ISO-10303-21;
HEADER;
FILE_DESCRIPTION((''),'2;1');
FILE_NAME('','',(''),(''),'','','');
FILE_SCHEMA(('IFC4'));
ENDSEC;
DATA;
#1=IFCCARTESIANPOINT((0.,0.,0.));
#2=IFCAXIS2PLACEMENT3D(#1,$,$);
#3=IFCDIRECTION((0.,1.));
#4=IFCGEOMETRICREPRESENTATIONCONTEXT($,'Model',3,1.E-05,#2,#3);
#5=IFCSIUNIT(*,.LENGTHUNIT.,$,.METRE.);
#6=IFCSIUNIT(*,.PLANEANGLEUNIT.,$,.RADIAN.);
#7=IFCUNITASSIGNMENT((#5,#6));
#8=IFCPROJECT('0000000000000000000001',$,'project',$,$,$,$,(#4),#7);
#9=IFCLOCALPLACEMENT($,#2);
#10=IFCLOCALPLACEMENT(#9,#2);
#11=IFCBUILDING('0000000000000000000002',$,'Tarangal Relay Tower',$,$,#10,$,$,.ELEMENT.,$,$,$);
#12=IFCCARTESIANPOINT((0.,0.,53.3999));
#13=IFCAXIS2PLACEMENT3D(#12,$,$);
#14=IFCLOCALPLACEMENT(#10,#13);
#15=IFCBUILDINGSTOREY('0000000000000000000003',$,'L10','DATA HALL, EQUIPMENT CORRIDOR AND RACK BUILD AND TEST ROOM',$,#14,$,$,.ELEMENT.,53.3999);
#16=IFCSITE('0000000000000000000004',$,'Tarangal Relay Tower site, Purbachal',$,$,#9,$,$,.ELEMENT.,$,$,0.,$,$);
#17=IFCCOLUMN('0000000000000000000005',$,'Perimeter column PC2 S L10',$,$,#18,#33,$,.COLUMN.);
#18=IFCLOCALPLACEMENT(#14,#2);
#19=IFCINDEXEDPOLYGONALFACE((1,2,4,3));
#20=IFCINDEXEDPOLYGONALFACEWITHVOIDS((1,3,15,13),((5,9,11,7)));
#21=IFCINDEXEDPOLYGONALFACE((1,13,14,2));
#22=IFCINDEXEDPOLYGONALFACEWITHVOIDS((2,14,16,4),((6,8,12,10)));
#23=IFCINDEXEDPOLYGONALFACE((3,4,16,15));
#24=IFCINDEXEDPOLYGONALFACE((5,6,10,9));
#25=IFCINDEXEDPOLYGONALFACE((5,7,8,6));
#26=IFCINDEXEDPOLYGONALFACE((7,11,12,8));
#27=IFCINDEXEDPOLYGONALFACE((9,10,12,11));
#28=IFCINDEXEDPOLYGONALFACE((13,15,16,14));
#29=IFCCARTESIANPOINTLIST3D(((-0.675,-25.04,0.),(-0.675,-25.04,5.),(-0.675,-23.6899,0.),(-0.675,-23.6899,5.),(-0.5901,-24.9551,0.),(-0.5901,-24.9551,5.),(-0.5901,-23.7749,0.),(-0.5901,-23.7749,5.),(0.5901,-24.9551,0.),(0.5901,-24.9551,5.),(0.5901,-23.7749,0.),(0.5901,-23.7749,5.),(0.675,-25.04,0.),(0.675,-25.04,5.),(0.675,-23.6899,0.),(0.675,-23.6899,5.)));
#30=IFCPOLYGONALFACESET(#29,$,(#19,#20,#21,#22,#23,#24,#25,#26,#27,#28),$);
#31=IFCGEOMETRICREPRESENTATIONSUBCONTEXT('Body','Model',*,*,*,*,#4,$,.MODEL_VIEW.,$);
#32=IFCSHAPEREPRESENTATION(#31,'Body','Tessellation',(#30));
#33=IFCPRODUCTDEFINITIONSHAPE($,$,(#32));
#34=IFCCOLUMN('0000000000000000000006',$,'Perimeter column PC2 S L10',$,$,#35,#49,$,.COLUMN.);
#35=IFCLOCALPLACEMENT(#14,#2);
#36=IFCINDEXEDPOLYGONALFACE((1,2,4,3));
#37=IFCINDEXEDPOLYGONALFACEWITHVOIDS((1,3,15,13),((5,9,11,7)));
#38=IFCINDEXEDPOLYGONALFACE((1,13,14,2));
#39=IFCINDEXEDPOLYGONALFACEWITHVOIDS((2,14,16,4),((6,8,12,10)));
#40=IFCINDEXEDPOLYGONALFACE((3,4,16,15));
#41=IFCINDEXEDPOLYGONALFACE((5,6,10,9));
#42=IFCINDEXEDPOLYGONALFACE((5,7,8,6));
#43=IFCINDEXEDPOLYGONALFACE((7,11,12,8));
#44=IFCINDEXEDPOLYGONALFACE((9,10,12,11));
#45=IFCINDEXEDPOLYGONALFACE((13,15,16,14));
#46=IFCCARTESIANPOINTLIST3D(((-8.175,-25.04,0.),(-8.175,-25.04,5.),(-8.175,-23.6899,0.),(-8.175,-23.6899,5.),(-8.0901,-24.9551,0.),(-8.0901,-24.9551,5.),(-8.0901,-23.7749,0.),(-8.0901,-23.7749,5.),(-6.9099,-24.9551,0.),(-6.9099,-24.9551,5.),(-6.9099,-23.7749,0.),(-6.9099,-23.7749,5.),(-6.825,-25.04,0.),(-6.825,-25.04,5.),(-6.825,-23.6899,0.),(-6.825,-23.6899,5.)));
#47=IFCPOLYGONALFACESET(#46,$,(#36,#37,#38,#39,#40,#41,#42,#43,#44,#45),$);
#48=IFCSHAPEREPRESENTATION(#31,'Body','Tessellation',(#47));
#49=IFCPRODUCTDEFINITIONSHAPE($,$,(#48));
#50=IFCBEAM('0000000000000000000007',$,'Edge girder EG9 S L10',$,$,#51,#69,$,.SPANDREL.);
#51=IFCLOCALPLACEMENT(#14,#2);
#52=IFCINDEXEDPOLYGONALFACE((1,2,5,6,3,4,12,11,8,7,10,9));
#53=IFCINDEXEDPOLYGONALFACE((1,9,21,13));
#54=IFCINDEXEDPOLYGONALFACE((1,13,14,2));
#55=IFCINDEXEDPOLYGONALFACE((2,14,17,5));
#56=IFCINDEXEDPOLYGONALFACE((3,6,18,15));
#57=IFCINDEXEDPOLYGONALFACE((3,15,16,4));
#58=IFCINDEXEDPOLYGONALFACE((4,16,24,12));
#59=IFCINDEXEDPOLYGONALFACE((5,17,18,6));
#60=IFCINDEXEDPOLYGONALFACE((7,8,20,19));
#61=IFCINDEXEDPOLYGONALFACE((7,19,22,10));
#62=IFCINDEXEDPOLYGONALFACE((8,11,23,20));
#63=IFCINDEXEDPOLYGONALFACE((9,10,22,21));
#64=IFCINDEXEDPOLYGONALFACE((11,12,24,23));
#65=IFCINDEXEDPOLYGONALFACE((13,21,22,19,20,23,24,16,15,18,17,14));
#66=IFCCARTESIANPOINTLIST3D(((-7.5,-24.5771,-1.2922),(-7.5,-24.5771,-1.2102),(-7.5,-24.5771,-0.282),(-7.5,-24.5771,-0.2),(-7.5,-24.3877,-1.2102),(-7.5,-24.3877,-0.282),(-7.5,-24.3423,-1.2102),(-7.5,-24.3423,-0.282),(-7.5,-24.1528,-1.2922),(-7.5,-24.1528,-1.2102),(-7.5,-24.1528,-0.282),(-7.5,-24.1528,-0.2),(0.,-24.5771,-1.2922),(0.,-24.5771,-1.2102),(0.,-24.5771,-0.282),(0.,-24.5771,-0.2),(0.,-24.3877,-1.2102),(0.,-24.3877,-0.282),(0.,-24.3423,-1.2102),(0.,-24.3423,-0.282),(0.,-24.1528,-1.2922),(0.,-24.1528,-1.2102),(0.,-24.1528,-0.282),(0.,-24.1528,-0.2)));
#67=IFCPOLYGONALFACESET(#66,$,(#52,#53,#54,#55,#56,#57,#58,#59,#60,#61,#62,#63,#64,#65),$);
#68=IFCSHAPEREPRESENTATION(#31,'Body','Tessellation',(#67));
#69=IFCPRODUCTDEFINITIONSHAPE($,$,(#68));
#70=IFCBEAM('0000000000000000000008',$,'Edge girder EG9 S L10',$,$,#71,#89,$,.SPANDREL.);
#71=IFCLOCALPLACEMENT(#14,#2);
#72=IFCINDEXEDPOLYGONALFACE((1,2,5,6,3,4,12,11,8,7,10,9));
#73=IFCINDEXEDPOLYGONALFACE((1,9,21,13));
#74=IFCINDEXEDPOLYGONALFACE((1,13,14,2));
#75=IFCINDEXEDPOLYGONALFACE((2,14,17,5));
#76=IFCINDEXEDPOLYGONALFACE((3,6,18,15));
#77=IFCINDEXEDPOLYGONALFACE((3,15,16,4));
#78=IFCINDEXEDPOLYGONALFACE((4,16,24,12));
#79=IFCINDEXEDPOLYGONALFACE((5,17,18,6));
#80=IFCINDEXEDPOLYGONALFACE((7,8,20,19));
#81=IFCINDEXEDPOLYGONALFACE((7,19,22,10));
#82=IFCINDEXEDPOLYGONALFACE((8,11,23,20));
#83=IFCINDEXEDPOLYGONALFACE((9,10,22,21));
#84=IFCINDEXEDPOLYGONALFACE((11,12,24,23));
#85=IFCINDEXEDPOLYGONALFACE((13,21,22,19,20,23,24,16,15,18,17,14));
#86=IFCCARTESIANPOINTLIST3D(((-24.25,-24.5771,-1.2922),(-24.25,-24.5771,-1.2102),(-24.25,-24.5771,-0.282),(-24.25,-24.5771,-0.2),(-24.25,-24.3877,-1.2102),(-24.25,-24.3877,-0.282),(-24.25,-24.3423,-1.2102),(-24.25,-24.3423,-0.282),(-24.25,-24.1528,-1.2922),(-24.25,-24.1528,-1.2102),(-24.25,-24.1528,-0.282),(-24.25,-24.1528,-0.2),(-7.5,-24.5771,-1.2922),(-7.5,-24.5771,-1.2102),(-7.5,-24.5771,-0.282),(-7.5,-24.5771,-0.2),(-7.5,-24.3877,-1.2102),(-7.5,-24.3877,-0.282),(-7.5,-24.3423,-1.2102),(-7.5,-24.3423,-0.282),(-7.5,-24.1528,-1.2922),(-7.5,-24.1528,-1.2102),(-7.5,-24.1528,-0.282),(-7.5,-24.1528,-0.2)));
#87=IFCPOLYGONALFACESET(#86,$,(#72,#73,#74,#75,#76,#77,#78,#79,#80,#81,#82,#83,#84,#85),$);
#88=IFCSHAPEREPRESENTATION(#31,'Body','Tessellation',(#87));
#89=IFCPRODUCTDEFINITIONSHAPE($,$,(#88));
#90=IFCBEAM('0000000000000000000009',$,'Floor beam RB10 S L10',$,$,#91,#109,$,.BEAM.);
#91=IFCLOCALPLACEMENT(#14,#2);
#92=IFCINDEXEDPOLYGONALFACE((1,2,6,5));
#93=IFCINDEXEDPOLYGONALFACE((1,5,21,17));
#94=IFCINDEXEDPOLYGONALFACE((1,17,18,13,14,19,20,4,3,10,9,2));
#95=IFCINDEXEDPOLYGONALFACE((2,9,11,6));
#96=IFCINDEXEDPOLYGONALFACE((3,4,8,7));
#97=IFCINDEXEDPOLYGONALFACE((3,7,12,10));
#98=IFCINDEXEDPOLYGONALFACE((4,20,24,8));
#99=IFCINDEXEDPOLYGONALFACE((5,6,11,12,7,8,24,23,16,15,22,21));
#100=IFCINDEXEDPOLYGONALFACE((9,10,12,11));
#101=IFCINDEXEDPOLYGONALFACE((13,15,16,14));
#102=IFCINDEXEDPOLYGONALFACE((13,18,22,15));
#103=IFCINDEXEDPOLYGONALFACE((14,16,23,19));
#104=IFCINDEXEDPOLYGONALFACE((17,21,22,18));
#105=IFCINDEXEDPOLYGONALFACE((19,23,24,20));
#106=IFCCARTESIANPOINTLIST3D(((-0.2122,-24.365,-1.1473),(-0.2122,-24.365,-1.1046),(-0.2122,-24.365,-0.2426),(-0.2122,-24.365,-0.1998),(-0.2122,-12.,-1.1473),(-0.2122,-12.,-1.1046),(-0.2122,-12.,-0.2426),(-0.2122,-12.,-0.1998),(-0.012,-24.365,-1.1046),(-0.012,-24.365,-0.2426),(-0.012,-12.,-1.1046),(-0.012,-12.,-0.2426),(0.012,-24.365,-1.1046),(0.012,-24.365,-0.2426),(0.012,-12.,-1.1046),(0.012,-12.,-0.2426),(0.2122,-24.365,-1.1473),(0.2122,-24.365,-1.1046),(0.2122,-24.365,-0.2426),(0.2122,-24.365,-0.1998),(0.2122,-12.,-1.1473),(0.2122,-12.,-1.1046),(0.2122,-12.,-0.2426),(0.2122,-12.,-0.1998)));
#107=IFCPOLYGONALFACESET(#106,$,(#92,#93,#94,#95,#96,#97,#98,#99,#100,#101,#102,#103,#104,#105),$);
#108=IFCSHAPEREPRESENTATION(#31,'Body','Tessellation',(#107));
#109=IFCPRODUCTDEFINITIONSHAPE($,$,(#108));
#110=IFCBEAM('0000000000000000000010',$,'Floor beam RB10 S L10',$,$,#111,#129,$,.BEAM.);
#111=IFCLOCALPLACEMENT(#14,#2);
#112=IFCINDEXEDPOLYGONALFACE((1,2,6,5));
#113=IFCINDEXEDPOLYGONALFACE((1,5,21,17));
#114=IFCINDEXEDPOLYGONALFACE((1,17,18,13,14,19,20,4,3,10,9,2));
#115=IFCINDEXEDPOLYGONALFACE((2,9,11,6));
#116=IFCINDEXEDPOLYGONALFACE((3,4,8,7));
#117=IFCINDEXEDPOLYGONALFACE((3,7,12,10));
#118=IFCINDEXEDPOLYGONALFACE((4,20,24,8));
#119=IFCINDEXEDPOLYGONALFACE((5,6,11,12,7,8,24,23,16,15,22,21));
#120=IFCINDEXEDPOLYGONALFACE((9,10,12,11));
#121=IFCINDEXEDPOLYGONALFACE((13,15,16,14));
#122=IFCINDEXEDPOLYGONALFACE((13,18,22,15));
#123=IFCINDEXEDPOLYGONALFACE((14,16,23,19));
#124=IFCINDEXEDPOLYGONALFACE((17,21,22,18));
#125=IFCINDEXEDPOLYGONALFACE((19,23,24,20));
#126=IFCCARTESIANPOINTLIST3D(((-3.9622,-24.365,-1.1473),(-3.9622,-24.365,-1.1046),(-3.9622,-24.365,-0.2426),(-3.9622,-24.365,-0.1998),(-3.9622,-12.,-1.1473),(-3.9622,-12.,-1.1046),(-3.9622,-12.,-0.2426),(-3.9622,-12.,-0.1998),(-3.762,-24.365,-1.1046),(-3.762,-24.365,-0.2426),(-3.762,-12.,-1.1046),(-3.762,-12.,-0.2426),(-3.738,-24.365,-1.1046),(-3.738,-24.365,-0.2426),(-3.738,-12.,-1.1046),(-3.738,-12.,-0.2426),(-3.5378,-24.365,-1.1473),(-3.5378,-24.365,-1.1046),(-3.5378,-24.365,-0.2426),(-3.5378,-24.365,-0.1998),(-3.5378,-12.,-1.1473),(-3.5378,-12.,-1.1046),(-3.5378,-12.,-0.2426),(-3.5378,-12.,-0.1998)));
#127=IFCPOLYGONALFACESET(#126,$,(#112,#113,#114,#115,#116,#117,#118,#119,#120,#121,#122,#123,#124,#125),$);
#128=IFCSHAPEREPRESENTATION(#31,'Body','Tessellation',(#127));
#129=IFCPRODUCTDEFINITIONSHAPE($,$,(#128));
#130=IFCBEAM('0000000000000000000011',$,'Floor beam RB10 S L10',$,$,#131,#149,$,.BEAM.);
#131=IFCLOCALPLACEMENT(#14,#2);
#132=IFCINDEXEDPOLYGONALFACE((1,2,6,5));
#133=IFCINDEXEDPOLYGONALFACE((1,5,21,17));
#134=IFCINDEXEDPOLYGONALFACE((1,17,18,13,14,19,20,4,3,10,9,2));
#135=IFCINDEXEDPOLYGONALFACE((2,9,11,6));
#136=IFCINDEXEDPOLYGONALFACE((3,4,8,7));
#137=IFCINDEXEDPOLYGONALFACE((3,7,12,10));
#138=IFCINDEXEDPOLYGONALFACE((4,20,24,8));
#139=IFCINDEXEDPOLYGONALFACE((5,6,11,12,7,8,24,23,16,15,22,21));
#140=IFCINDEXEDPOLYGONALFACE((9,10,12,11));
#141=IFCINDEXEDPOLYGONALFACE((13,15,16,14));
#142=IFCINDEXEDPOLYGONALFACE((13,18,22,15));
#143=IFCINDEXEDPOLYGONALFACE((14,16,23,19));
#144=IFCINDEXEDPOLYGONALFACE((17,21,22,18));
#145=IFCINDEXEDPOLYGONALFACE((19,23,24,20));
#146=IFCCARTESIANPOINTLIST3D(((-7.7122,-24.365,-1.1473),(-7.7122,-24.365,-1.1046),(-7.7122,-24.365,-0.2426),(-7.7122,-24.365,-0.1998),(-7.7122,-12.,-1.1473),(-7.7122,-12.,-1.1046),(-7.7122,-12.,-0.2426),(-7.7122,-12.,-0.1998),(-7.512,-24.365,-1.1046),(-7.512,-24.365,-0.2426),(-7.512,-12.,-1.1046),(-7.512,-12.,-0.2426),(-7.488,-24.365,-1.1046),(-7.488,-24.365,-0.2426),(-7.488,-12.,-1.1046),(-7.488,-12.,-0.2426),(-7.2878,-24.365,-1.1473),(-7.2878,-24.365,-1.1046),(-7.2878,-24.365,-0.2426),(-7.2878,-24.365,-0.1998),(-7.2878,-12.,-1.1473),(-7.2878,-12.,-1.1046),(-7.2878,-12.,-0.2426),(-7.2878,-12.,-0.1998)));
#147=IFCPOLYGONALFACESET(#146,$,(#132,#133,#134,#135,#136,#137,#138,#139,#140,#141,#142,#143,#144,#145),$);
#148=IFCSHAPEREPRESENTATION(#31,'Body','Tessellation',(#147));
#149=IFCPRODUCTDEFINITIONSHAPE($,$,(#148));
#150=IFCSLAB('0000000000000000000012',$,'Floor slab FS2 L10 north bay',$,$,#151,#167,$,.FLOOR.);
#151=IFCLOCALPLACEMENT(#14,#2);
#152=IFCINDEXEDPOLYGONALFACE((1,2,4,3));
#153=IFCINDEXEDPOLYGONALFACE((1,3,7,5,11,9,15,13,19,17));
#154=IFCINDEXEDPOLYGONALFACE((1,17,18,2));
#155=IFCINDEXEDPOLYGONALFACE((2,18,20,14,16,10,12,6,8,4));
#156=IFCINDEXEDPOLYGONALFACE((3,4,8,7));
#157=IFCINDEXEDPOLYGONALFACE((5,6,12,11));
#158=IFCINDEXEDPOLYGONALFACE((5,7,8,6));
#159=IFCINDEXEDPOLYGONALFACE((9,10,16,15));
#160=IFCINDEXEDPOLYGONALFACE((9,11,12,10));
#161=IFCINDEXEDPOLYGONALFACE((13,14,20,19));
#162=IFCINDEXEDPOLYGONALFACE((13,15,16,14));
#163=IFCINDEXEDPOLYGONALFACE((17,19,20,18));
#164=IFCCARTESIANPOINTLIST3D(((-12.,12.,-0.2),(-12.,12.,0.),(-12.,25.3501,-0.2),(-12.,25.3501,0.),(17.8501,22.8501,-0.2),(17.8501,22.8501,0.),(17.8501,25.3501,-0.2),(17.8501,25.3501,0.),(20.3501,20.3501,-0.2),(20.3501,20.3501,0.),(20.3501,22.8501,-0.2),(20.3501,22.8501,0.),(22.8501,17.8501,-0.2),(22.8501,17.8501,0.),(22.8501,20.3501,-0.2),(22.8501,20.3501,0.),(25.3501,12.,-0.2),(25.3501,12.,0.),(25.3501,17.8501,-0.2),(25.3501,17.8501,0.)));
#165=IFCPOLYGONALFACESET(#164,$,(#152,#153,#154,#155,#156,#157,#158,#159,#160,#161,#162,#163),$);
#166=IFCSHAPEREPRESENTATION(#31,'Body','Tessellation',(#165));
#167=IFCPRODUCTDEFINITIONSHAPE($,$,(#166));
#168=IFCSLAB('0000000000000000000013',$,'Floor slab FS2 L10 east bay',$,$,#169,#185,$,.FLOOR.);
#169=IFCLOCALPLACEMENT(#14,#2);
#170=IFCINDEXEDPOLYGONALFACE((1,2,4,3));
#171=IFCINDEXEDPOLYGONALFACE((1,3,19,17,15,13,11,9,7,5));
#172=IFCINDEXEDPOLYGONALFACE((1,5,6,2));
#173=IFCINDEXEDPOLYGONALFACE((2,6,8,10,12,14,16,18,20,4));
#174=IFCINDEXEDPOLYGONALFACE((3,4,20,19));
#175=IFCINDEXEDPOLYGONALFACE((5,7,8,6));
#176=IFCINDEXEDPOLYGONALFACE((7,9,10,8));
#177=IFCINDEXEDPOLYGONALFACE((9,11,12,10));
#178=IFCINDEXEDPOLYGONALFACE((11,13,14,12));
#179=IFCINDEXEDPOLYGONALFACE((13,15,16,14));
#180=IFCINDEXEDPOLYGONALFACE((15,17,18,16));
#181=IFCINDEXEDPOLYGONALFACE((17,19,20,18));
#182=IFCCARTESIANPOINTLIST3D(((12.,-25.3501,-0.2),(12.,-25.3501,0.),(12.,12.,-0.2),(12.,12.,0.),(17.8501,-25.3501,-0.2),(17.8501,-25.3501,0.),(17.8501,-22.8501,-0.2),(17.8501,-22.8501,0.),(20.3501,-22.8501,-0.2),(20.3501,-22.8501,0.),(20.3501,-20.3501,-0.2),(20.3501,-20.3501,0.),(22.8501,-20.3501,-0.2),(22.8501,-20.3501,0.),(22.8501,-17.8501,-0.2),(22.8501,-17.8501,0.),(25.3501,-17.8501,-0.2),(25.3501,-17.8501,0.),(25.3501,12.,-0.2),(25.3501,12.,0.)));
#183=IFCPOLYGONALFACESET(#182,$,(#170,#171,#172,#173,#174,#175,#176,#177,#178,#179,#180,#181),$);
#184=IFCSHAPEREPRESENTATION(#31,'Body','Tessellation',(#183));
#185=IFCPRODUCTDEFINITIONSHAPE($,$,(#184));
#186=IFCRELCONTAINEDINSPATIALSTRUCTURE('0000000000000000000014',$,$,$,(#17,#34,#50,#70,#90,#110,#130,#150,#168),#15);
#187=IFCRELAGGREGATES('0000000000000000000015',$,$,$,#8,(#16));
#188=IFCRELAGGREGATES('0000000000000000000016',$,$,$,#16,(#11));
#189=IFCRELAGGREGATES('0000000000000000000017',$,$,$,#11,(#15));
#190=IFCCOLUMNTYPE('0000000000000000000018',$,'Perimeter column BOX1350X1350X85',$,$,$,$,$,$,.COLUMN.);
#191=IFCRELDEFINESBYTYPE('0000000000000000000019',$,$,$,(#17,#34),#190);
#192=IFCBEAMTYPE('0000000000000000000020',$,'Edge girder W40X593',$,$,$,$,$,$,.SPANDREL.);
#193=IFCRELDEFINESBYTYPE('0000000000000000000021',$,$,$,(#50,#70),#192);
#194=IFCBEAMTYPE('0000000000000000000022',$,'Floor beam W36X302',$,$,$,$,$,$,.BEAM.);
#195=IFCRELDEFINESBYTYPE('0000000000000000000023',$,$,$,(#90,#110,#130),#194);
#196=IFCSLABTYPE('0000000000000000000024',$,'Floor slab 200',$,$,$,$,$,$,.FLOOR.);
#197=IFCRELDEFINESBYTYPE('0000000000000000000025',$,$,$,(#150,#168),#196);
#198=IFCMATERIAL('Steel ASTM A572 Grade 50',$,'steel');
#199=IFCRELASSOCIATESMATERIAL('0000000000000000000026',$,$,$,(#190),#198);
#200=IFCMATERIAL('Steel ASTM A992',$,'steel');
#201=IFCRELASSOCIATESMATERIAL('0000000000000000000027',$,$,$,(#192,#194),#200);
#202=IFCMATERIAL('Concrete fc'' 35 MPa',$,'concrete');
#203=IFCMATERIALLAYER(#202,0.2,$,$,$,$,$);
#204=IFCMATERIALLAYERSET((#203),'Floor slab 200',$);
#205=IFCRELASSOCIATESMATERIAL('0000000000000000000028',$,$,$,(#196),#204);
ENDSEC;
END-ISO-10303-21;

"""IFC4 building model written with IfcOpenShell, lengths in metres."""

from ifc_helpers import new_model, si_unit, direction, frame, origin, origin_2d, place, context, subcontext, project, spatial, polyline, hollow_rectangle, i_section, outline, extrude, material, layer, layer_set, material_profile, profile_set, type_object, element, save


model = new_model("IFC4")

# Units and contexts
model_context = context("Model", 3, precision=1e-05, world=origin(), true_north=direction((0.0, 1.0)))
body_context = subcontext(model_context, "Body", "Model", "MODEL_VIEW")
ifc_project = project(units=[si_unit("LENGTHUNIT", "METRE"), si_unit("PLANEANGLEUNIT", "RADIAN")], contexts=[model_context])

# Site, building, storey
site_placement = place(None, origin())
site = spatial("IfcSite", under=ifc_project, at=site_placement, Name="Tarangal Relay Tower site, Purbachal", CompositionType="ELEMENT", RefElevation=0.0)
building_placement = place(site_placement, origin())
building = spatial("IfcBuilding", under=site, at=building_placement, Name="Tarangal Relay Tower", CompositionType="ELEMENT")
storey_placement = place(building_placement, frame((0.0, 0.0, 53.3999)))
storey = spatial("IfcBuildingStorey", under=building, at=storey_placement, Name="L10", Description="DATA HALL, EQUIPMENT CORRIDOR AND RACK BUILD AND TEST ROOM", CompositionType="ELEMENT", Elevation=53.3999)

# Columns
ifc_material_1 = material(Name="Steel ASTM A572 Grade 50", Category="steel")
ifc_material_profile_1 = material_profile(ifc_material_1, hollow_rectangle(XDim=1.3501, YDim=1.3501, WallThickness=0.085, at=origin_2d()), Name="BOX1350X1350X85")
ifc_profile_set_1 = profile_set([ifc_material_profile_1], Name="Steel ASTM A572 Grade 50")
column_type = type_object("IfcColumnType", Name="Perimeter column BOX1350X1350X85", PredefinedType="COLUMN", material=ifc_profile_set_1)
for number, where, z_axis, x_axis, name in (
    (1, (0.0, -24.365, 0.0), (0.0, 0.0, 1.0), (1.0, 0.0, 0.0), "Perimeter column PC2 S L10"),
    (2, (-7.5, -24.365, 0.0), (0.0, 0.0, 1.0), (1.0, 0.0, 0.0), "Perimeter column PC2 S L10"),
):
    element("IfcColumn", number, at=place(storey_placement, frame(where, z_axis=z_axis, x_axis=x_axis)), inside=storey, type_object=column_type, Name=name, PredefinedType="COLUMN", context=body_context, shape_type="SweptSolid", body=[
        extrude(hollow_rectangle(XDim=1.3501, YDim=1.3501, WallThickness=0.085, at=origin_2d()), origin(), (0.0, 0.0, 1.0), 5.0),
    ])

# Beams
ifc_material_2 = material(Name="Steel ASTM A992", Category="steel")
ifc_material_profile_2 = material_profile(ifc_material_2, i_section(OverallWidth=0.4243, OverallDepth=1.0923, WebThickness=0.0454, FlangeThickness=0.082, at=origin_2d()), Name="W40X593")
ifc_profile_set_2 = profile_set([ifc_material_profile_2], Name="Steel ASTM A992")
beam_type_1 = type_object("IfcBeamType", Name="Edge girder W40X593", PredefinedType="SPANDREL", material=ifc_profile_set_2)
beam_1_placement = place(storey_placement, frame((0.0, -24.365, -0.7461), z_axis=(-1.0, 0.0, 0.0), x_axis=(0.0, -1.0, 0.0)))
element("IfcBeam", 3, at=beam_1_placement, inside=storey, type_object=beam_type_1, Name="Edge girder EG9 S L10", PredefinedType="SPANDREL", context=body_context, shape_type="SweptSolid", body=[
    extrude(i_section(OverallWidth=0.4243, OverallDepth=1.0923, WebThickness=0.0454, FlangeThickness=0.082, at=origin_2d()), origin(), (0.0, 0.0, 1.0), 7.5),
])
beam_2_placement = place(storey_placement, frame((-7.5, -24.365, -0.7461), z_axis=(-1.0, 0.0, 0.0), x_axis=(0.0, -1.0, 0.0)))
element("IfcBeam", 4, at=beam_2_placement, inside=storey, type_object=beam_type_1, Name="Edge girder EG9 S L10", PredefinedType="SPANDREL", context=body_context, shape_type="SweptSolid", body=[
    extrude(i_section(OverallWidth=0.4243, OverallDepth=1.0923, WebThickness=0.0454, FlangeThickness=0.082, at=origin_2d()), origin(), (0.0, 0.0, 1.0), 16.75),
])
ifc_material_profile_3 = material_profile(ifc_material_2, i_section(OverallWidth=0.4243, OverallDepth=0.9475, WebThickness=0.0239, FlangeThickness=0.0427, at=origin_2d()), Name="W36X302")
ifc_profile_set_3 = profile_set([ifc_material_profile_3], Name="Steel ASTM A992")
beam_type_2 = type_object("IfcBeamType", Name="Floor beam W36X302", PredefinedType="BEAM", material=ifc_profile_set_3)
for number, where, z_axis, x_axis, name in (
    (5, (0.0, -12.0, -0.6736), (0.0, -1.0, 0.0), (1.0, 0.0, 0.0), "Floor beam RB10 S L10"),
    (6, (-3.75, -12.0, -0.6736), (0.0, -1.0, 0.0), (1.0, 0.0, 0.0), "Floor beam RB10 S L10"),
    (7, (-7.5, -12.0, -0.6736), (0.0, -1.0, 0.0), (1.0, 0.0, 0.0), "Floor beam RB10 S L10"),
):
    element("IfcBeam", number, at=place(storey_placement, frame(where, z_axis=z_axis, x_axis=x_axis)), inside=storey, type_object=beam_type_2, Name=name, PredefinedType="BEAM", context=body_context, shape_type="SweptSolid", body=[
        extrude(i_section(OverallWidth=0.4243, OverallDepth=0.9475, WebThickness=0.0239, FlangeThickness=0.0427, at=origin_2d()), origin(), (0.0, 0.0, 1.0), 12.365),
    ])

# Slabs
ifc_material_3 = material(Name="Concrete fc' 35 MPa", Category="concrete")
ifc_layer_1 = layer(ifc_material_3, 0.2)
ifc_layer_set_1 = layer_set([ifc_layer_1], Name="Floor slab 200")
slab_type_1 = type_object("IfcSlabType", Name="Floor slab 200", PredefinedType="FLOOR", material=ifc_layer_set_1)
slab_1_placement = place(storey_placement, frame((0.0, 0.0, -0.2)))
element("IfcSlab", 8, at=slab_1_placement, inside=storey, type_object=slab_type_1, Name="Floor slab FS2 L10 north bay", PredefinedType="FLOOR", context=body_context, shape_type="SweptSolid", body=[
    extrude(outline(polyline([(17.8501, 25.3501), (17.8501, 22.8501), (20.3501, 22.8501), (20.3501, 20.3501), (22.8501, 20.3501), (22.8501, 17.8501), (25.3501, 17.8501), (25.3501, 12.0), (-12.0, 12.0), (-12.0, 25.3501), (17.8501, 25.3501)])), origin(), (0.0, 0.0, 1.0), 0.2),
])
slab_2_placement = place(storey_placement, frame((0.0, 0.0, -0.2)))
element("IfcSlab", 9, at=slab_2_placement, inside=storey, type_object=slab_type_1, Name="Floor slab FS2 L10 east bay", PredefinedType="FLOOR", context=body_context, shape_type="SweptSolid", body=[
    extrude(outline(polyline([(25.3501, -17.8501), (22.8501, -17.8501), (22.8501, -20.3501), (20.3501, -20.3501), (20.3501, -22.8501), (17.8501, -22.8501), (17.8501, -25.3501), (12.0, -25.3501), (12.0, 12.0), (25.3501, 12.0), (25.3501, -17.8501)])), origin(), (0.0, 0.0, 1.0), 0.2),
])

save(model, "model.ifc")
